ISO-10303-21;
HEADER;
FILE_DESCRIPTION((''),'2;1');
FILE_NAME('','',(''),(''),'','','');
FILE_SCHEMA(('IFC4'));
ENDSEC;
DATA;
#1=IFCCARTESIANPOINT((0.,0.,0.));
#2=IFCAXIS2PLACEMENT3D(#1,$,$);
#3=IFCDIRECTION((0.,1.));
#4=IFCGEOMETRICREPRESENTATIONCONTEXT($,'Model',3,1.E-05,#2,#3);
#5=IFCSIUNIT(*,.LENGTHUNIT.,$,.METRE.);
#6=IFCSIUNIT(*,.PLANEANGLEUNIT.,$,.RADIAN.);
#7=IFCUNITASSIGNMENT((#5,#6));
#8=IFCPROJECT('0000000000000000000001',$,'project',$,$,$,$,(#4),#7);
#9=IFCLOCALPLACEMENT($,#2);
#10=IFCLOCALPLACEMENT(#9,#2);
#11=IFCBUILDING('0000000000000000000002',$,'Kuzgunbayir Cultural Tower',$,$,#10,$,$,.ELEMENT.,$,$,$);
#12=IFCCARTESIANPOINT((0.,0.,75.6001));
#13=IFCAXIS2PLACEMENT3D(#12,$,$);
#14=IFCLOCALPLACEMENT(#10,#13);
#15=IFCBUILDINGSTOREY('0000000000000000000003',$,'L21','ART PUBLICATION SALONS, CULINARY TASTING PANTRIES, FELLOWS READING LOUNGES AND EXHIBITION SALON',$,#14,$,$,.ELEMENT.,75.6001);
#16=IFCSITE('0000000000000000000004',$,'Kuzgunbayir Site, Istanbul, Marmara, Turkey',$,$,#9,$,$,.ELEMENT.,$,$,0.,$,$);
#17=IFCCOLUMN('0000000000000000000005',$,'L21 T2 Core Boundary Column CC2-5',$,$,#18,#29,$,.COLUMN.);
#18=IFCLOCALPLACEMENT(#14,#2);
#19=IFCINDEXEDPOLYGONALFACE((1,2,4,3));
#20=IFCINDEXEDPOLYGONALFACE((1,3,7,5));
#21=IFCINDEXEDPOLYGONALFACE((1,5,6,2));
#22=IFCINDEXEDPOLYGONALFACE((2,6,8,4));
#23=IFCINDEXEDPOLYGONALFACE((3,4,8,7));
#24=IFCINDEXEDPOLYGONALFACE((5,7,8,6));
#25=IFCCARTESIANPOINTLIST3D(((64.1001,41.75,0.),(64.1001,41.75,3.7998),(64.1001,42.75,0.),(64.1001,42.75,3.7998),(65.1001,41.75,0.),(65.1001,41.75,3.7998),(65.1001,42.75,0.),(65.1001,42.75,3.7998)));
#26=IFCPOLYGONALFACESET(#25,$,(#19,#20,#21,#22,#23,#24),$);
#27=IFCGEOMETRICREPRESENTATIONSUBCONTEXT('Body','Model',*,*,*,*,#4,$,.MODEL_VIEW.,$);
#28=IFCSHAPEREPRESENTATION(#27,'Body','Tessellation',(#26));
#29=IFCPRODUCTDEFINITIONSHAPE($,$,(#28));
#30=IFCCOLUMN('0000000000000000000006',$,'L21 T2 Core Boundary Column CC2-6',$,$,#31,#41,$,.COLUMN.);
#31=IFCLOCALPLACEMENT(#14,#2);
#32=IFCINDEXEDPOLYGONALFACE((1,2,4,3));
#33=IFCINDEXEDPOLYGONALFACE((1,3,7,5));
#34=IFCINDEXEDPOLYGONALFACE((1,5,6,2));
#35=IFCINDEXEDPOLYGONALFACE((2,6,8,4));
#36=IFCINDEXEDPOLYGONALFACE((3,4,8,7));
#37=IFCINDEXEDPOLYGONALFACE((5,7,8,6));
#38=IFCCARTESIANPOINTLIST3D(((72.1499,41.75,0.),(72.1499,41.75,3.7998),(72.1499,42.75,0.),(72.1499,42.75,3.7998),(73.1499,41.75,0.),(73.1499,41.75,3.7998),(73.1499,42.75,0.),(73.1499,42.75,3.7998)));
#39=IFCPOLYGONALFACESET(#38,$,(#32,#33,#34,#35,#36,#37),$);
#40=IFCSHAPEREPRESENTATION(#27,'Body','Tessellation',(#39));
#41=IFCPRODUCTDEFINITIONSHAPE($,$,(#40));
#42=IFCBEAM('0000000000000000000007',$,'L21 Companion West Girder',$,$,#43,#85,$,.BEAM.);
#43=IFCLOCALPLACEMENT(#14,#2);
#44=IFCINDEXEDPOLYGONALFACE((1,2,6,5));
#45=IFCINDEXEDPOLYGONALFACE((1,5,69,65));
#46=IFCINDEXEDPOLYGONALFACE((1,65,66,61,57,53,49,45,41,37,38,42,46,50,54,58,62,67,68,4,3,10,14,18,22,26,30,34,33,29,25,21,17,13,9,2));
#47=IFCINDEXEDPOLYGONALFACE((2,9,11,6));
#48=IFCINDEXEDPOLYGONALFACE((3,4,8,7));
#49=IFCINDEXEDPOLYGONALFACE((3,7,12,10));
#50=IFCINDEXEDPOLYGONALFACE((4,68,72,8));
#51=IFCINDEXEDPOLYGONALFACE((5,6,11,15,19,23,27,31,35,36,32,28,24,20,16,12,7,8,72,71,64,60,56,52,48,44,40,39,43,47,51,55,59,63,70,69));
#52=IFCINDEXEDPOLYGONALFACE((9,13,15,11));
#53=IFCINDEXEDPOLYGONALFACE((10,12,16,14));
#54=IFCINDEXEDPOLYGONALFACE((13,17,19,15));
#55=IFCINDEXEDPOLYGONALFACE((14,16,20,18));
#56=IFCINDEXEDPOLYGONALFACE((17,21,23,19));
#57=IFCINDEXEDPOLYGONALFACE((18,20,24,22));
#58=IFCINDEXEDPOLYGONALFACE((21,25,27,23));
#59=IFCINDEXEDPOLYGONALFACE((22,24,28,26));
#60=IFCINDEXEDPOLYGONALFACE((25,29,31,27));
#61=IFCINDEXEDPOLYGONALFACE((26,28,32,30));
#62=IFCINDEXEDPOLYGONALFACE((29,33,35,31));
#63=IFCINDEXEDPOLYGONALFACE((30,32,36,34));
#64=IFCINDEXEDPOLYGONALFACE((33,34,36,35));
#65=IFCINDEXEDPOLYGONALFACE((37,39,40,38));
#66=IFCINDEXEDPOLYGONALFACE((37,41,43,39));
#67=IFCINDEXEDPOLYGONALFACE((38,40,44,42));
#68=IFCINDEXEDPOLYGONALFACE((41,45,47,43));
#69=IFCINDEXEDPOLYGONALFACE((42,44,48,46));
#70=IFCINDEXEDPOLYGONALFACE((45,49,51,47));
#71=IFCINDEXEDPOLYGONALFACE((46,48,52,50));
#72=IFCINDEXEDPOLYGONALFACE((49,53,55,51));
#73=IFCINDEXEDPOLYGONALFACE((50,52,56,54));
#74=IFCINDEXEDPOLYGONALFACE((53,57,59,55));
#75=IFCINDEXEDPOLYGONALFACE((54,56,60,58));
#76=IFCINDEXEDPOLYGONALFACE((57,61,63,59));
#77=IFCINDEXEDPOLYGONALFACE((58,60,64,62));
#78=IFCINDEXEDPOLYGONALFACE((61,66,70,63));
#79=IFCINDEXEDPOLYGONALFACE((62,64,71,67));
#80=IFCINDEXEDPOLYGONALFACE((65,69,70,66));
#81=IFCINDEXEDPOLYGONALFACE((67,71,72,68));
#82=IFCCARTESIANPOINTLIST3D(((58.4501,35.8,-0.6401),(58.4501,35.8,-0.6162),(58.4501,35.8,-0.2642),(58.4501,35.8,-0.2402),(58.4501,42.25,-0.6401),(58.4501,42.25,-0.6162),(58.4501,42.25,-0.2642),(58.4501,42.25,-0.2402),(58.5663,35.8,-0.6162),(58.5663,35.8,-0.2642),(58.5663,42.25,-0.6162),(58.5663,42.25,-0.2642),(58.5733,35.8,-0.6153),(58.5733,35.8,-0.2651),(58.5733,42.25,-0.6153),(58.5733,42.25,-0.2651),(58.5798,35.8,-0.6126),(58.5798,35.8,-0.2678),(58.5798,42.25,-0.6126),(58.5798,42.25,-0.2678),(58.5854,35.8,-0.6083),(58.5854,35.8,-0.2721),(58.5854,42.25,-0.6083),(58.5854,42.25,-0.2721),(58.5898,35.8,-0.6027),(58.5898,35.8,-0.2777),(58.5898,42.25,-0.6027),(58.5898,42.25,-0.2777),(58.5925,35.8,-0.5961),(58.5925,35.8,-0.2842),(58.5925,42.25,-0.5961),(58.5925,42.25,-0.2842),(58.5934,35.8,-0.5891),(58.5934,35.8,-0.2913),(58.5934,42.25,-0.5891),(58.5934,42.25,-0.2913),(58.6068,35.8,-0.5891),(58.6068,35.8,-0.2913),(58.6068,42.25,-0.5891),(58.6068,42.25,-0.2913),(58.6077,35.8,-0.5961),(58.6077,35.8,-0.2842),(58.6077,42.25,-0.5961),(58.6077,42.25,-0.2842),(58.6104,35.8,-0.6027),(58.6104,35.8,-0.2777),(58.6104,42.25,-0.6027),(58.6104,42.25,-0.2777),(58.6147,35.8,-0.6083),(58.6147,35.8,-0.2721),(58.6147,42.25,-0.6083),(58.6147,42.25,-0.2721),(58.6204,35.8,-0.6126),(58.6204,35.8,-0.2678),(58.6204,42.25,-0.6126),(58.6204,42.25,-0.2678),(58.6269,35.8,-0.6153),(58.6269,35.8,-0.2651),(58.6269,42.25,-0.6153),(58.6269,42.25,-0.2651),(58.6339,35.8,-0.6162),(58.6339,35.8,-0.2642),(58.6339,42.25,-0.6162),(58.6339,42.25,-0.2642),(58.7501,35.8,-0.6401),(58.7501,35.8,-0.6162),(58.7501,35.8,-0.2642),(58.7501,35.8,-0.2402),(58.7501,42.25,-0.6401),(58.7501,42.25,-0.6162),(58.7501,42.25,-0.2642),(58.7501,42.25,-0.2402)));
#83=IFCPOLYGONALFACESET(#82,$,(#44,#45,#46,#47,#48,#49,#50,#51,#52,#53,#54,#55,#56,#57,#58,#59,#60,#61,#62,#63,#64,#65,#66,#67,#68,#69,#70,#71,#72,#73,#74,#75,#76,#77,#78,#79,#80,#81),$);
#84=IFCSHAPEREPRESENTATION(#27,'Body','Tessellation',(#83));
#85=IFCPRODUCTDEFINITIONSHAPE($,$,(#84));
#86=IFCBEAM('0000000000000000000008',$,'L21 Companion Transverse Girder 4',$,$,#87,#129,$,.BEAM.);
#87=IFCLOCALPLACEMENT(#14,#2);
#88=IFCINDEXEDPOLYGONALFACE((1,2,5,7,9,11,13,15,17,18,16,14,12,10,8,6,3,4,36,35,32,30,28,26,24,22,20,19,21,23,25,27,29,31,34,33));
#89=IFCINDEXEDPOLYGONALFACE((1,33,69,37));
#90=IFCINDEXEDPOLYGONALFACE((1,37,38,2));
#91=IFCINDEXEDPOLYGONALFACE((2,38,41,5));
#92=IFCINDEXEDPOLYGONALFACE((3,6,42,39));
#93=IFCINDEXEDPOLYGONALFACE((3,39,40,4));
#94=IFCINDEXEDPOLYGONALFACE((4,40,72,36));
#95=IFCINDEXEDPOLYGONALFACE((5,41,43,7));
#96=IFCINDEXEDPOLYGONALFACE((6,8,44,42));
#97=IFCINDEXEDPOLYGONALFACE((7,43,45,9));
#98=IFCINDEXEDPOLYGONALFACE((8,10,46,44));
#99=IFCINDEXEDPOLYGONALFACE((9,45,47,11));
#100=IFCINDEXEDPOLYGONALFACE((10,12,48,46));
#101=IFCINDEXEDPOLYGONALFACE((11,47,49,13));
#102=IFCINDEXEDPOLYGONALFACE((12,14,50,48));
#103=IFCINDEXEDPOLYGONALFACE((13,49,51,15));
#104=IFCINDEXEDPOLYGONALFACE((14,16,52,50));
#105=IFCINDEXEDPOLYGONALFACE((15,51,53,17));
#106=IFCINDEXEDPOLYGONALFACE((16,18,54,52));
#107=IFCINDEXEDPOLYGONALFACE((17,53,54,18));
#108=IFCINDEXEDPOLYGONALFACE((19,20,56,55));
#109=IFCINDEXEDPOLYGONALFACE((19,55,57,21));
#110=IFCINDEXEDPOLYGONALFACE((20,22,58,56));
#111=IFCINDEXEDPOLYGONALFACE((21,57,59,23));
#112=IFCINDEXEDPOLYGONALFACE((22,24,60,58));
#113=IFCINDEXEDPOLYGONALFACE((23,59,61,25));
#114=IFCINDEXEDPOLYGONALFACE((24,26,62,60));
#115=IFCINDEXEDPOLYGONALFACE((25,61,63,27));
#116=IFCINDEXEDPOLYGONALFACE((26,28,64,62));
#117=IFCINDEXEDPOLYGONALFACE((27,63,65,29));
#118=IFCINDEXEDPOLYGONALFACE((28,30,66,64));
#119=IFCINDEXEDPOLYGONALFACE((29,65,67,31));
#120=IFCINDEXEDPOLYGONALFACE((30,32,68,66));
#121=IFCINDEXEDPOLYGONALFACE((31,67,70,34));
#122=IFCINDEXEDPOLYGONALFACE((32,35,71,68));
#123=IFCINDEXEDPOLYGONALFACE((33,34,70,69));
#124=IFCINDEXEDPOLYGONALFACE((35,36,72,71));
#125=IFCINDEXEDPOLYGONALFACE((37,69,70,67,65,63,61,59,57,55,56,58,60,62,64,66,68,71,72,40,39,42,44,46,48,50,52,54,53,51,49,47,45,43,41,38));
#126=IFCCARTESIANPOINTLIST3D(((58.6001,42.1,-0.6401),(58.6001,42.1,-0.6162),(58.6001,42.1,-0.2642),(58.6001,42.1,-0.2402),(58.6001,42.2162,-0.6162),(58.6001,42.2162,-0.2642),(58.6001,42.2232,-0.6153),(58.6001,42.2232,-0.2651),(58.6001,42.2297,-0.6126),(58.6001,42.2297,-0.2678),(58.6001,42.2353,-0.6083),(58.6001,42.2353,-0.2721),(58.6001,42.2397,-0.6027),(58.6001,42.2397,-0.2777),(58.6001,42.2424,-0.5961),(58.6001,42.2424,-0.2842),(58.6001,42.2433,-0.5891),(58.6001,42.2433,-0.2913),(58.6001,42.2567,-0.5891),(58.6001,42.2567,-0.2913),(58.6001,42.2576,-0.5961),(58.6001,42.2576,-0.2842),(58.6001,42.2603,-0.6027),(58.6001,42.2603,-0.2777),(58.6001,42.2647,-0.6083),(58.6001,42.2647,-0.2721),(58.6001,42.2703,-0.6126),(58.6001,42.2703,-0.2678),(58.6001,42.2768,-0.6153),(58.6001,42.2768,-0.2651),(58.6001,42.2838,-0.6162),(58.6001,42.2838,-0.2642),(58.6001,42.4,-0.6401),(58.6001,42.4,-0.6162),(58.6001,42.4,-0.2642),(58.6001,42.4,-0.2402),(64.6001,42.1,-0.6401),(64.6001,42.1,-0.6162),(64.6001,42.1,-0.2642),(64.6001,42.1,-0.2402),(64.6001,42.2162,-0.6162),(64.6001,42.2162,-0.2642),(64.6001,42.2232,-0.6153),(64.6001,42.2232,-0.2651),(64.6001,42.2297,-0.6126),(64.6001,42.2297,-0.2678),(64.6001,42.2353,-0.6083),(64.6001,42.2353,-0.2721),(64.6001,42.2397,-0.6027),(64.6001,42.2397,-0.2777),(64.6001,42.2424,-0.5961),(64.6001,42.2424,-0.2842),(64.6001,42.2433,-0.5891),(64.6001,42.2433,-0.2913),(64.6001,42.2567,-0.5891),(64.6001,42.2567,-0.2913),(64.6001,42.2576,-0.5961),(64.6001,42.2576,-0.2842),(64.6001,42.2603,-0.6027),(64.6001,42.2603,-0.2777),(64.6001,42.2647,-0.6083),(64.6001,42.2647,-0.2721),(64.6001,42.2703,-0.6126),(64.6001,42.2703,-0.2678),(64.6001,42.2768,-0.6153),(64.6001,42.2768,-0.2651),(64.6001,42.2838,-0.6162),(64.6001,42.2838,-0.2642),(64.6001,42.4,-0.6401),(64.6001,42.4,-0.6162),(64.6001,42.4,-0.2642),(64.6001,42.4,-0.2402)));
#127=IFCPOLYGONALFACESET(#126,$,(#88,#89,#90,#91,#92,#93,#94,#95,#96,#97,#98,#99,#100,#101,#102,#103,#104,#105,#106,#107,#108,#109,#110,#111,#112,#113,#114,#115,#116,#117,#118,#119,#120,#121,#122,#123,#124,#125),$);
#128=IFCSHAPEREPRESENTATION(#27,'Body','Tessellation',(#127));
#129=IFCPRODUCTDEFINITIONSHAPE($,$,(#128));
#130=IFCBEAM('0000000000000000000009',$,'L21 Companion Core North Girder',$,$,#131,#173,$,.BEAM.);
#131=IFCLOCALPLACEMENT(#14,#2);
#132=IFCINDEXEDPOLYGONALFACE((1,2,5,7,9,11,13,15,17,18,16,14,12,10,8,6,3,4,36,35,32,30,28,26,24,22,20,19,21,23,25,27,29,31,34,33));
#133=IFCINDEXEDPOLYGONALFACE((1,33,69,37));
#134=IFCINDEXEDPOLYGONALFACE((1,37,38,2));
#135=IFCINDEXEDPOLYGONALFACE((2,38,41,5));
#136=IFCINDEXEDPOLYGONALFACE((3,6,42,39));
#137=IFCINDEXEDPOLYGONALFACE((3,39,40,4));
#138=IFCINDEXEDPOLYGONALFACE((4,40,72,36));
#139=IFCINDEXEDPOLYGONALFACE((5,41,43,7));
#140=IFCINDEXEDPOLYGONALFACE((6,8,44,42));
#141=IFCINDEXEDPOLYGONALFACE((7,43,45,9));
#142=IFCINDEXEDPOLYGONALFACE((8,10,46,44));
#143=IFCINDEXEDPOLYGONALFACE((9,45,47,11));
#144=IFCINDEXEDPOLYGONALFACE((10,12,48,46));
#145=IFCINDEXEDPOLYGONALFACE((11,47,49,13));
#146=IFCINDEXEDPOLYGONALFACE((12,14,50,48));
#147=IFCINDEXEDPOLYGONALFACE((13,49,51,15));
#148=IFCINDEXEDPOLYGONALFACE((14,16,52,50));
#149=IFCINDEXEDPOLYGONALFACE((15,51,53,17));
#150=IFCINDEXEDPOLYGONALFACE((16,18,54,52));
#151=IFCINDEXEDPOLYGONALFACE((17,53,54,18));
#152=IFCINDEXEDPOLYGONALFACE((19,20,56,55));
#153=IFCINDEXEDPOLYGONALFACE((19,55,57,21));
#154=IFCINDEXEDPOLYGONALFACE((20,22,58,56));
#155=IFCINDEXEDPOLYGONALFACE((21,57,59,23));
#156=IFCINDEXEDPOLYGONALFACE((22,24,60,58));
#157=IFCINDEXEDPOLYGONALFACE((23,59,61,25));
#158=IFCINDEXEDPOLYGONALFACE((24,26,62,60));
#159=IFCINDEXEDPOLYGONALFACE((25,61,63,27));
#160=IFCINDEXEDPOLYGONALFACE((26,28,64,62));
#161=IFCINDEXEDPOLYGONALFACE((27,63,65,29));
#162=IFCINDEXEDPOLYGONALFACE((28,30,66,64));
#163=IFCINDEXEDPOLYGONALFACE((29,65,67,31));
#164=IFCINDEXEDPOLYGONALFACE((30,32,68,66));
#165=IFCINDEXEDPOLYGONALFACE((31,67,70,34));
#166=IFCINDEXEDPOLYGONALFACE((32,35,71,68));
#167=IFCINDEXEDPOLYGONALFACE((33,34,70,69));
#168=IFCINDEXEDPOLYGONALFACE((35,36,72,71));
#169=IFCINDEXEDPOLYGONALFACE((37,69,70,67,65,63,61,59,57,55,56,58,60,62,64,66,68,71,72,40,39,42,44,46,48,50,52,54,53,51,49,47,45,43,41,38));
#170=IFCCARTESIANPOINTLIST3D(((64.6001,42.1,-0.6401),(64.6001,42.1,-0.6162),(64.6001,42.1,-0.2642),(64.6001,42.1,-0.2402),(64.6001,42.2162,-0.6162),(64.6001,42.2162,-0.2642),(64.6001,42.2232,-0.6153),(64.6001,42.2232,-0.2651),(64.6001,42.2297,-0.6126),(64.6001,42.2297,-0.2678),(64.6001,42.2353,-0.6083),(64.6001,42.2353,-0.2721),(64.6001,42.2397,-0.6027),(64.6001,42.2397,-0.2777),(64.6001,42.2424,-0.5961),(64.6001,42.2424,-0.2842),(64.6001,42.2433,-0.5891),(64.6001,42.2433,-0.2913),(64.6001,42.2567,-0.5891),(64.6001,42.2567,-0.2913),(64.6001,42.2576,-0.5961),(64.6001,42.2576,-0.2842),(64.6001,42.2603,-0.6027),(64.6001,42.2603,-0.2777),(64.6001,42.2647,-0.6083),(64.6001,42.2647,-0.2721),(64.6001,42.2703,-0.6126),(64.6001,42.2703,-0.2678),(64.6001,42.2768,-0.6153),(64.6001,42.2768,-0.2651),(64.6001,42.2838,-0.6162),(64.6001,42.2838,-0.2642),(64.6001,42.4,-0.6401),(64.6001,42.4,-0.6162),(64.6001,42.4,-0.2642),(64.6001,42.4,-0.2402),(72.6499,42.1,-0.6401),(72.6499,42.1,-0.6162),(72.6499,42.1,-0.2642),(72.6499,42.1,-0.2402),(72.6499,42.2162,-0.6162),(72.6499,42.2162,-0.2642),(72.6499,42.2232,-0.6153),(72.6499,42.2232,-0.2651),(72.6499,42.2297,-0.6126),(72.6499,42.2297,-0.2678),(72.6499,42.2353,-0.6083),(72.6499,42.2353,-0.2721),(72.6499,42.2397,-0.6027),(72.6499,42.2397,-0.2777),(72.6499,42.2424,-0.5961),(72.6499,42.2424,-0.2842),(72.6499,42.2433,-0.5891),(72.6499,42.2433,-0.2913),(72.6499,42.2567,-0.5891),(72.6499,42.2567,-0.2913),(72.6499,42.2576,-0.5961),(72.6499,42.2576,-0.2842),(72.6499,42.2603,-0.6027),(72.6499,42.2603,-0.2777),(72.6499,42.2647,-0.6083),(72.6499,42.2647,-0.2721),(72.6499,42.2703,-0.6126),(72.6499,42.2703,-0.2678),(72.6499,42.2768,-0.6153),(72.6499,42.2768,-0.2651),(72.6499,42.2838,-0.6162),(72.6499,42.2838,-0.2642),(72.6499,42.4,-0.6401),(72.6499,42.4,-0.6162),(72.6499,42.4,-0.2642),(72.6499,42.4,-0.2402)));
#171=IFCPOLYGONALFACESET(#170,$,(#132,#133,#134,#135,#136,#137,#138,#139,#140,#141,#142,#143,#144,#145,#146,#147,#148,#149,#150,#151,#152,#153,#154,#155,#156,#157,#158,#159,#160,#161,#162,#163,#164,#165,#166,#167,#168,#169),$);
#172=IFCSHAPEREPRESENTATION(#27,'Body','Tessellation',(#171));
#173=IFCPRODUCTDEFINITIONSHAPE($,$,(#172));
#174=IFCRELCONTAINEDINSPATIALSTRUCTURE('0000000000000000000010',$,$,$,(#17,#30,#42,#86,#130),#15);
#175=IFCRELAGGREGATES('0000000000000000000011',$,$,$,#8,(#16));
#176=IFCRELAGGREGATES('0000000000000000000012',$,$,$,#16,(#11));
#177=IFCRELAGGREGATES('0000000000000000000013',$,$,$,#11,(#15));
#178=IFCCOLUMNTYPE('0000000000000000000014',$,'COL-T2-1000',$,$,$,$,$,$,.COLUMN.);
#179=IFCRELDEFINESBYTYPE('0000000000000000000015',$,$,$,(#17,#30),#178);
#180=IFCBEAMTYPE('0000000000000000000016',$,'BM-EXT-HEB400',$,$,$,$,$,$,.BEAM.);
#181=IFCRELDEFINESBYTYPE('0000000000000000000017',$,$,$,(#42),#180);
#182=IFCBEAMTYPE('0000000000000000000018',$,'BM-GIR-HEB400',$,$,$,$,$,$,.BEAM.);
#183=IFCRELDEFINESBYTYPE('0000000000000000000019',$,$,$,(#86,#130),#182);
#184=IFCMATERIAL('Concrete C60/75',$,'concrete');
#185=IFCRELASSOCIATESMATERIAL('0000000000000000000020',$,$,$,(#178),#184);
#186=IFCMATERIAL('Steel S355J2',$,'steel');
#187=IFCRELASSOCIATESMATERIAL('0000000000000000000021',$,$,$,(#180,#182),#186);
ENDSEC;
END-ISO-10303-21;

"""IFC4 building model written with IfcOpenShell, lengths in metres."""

from ifc_helpers import new_model, si_unit, direction, frame, origin, origin_2d, place, context, subcontext, project, spatial, rectangle, i_section, extrude, material, material_profile, profile_set, type_object, element, save


model = new_model("IFC4")

# Units and contexts
model_context = context("Model", 3, precision=1e-05, world=origin(), true_north=direction((0.0, 1.0)))
body_context = subcontext(model_context, "Body", "Model", "MODEL_VIEW")
ifc_project = project(units=[si_unit("LENGTHUNIT", "METRE"), si_unit("PLANEANGLEUNIT", "RADIAN")], contexts=[model_context])

# Site, building, storey
site_placement = place(None, origin())
site = spatial("IfcSite", under=ifc_project, at=site_placement, Name="Kuzgunbayir Site, Istanbul, Marmara, Turkey", CompositionType="ELEMENT", RefElevation=0.0)
building_placement = place(site_placement, origin())
building = spatial("IfcBuilding", under=site, at=building_placement, Name="Kuzgunbayir Cultural Tower", CompositionType="ELEMENT")
storey_placement = place(building_placement, frame((0.0, 0.0, 75.6001)))
storey = spatial("IfcBuildingStorey", under=building, at=storey_placement, Name="L21", Description="ART PUBLICATION SALONS, CULINARY TASTING PANTRIES, FELLOWS READING LOUNGES AND EXHIBITION SALON", CompositionType="ELEMENT", Elevation=75.6001)

# Columns
ifc_material_1 = material(Name="Concrete C60/75", Category="concrete")
ifc_material_profile_1 = material_profile(ifc_material_1, rectangle(XDim=1.0, YDim=1.0, at=origin_2d()), Name="RC 1000x1000")
ifc_profile_set_1 = profile_set([ifc_material_profile_1], Name="Concrete C60/75")
column_type = type_object("IfcColumnType", Name="COL-T2-1000", PredefinedType="COLUMN", material=ifc_profile_set_1)
for number, where, z_axis, x_axis, name in (
    (1, (64.6001, 42.25, 0.0), (0.0, 0.0, 1.0), (1.0, 0.0, 0.0), "L21 T2 Core Boundary Column CC2-5"),
    (2, (72.6499, 42.25, 0.0), (0.0, 0.0, 1.0), (1.0, 0.0, 0.0), "L21 T2 Core Boundary Column CC2-6"),
):
    element("IfcColumn", number, at=place(storey_placement, frame(where, z_axis=z_axis, x_axis=x_axis)), inside=storey, type_object=column_type, Name=name, PredefinedType="COLUMN", context=body_context, shape_type="SweptSolid", body=[
        extrude(rectangle(XDim=1.0, YDim=1.0, at=origin_2d()), origin(), (0.0, 0.0, 1.0), 3.7998),
    ])

# Beams
ifc_material_2 = material(Name="Steel S355J2", Category="steel")
ifc_material_profile_2 = material_profile(ifc_material_2, i_section(OverallWidth=0.3, OverallDepth=0.3999, WebThickness=0.0134, FlangeThickness=0.0239, FilletRadius=0.0271, at=origin_2d()), Name="HEB 400")
ifc_profile_set_2 = profile_set([ifc_material_profile_2], Name="Steel S355J2")
beam_type_1 = type_object("IfcBeamType", Name="BM-EXT-HEB400", PredefinedType="BEAM", material=ifc_profile_set_2)
beam_1_placement = place(storey_placement, frame((58.6001, 35.8, -0.4402), z_axis=(0.0, 1.0, 0.0), x_axis=(-1.0, 0.0, 0.0)))
element("IfcBeam", 3, at=beam_1_placement, inside=storey, type_object=beam_type_1, Name="L21 Companion West Girder", PredefinedType="BEAM", context=body_context, shape_type="SweptSolid", body=[
    extrude(i_section(OverallWidth=0.3, OverallDepth=0.3999, WebThickness=0.0134, FlangeThickness=0.0239, FilletRadius=0.0271, at=origin_2d()), origin(), (0.0, 0.0, 1.0), 6.45),
])
ifc_material_profile_3 = material_profile(ifc_material_2, i_section(OverallWidth=0.3, OverallDepth=0.3999, WebThickness=0.0134, FlangeThickness=0.0239, FilletRadius=0.0271, at=origin_2d()), Name="HEB 400")
ifc_profile_set_3 = profile_set([ifc_material_profile_3], Name="Steel S355J2")
beam_type_2 = type_object("IfcBeamType", Name="BM-GIR-HEB400", PredefinedType="BEAM", material=ifc_profile_set_3)
beam_2_placement = place(storey_placement, frame((58.6001, 42.25, -0.4402), z_axis=(1.0, 0.0, 0.0), x_axis=(0.0, 1.0, 0.0)))
element("IfcBeam", 4, at=beam_2_placement, inside=storey, type_object=beam_type_2, Name="L21 Companion Transverse Girder 4", PredefinedType="BEAM", context=body_context, shape_type="SweptSolid", body=[
    extrude(i_section(OverallWidth=0.3, OverallDepth=0.3999, WebThickness=0.0134, FlangeThickness=0.0239, FilletRadius=0.0271, at=origin_2d()), origin(), (0.0, 0.0, 1.0), 6.0),
])
beam_3_placement = place(storey_placement, frame((64.6001, 42.25, -0.4402), z_axis=(1.0, 0.0, 0.0), x_axis=(0.0, 1.0, 0.0)))
element("IfcBeam", 5, at=beam_3_placement, inside=storey, type_object=beam_type_2, Name="L21 Companion Core North Girder", PredefinedType="BEAM", context=body_context, shape_type="SweptSolid", body=[
    extrude(i_section(OverallWidth=0.3, OverallDepth=0.3999, WebThickness=0.0134, FlangeThickness=0.0239, FilletRadius=0.0271, at=origin_2d()), origin(), (0.0, 0.0, 1.0), 8.0498),
])

save(model, "model.ifc")
